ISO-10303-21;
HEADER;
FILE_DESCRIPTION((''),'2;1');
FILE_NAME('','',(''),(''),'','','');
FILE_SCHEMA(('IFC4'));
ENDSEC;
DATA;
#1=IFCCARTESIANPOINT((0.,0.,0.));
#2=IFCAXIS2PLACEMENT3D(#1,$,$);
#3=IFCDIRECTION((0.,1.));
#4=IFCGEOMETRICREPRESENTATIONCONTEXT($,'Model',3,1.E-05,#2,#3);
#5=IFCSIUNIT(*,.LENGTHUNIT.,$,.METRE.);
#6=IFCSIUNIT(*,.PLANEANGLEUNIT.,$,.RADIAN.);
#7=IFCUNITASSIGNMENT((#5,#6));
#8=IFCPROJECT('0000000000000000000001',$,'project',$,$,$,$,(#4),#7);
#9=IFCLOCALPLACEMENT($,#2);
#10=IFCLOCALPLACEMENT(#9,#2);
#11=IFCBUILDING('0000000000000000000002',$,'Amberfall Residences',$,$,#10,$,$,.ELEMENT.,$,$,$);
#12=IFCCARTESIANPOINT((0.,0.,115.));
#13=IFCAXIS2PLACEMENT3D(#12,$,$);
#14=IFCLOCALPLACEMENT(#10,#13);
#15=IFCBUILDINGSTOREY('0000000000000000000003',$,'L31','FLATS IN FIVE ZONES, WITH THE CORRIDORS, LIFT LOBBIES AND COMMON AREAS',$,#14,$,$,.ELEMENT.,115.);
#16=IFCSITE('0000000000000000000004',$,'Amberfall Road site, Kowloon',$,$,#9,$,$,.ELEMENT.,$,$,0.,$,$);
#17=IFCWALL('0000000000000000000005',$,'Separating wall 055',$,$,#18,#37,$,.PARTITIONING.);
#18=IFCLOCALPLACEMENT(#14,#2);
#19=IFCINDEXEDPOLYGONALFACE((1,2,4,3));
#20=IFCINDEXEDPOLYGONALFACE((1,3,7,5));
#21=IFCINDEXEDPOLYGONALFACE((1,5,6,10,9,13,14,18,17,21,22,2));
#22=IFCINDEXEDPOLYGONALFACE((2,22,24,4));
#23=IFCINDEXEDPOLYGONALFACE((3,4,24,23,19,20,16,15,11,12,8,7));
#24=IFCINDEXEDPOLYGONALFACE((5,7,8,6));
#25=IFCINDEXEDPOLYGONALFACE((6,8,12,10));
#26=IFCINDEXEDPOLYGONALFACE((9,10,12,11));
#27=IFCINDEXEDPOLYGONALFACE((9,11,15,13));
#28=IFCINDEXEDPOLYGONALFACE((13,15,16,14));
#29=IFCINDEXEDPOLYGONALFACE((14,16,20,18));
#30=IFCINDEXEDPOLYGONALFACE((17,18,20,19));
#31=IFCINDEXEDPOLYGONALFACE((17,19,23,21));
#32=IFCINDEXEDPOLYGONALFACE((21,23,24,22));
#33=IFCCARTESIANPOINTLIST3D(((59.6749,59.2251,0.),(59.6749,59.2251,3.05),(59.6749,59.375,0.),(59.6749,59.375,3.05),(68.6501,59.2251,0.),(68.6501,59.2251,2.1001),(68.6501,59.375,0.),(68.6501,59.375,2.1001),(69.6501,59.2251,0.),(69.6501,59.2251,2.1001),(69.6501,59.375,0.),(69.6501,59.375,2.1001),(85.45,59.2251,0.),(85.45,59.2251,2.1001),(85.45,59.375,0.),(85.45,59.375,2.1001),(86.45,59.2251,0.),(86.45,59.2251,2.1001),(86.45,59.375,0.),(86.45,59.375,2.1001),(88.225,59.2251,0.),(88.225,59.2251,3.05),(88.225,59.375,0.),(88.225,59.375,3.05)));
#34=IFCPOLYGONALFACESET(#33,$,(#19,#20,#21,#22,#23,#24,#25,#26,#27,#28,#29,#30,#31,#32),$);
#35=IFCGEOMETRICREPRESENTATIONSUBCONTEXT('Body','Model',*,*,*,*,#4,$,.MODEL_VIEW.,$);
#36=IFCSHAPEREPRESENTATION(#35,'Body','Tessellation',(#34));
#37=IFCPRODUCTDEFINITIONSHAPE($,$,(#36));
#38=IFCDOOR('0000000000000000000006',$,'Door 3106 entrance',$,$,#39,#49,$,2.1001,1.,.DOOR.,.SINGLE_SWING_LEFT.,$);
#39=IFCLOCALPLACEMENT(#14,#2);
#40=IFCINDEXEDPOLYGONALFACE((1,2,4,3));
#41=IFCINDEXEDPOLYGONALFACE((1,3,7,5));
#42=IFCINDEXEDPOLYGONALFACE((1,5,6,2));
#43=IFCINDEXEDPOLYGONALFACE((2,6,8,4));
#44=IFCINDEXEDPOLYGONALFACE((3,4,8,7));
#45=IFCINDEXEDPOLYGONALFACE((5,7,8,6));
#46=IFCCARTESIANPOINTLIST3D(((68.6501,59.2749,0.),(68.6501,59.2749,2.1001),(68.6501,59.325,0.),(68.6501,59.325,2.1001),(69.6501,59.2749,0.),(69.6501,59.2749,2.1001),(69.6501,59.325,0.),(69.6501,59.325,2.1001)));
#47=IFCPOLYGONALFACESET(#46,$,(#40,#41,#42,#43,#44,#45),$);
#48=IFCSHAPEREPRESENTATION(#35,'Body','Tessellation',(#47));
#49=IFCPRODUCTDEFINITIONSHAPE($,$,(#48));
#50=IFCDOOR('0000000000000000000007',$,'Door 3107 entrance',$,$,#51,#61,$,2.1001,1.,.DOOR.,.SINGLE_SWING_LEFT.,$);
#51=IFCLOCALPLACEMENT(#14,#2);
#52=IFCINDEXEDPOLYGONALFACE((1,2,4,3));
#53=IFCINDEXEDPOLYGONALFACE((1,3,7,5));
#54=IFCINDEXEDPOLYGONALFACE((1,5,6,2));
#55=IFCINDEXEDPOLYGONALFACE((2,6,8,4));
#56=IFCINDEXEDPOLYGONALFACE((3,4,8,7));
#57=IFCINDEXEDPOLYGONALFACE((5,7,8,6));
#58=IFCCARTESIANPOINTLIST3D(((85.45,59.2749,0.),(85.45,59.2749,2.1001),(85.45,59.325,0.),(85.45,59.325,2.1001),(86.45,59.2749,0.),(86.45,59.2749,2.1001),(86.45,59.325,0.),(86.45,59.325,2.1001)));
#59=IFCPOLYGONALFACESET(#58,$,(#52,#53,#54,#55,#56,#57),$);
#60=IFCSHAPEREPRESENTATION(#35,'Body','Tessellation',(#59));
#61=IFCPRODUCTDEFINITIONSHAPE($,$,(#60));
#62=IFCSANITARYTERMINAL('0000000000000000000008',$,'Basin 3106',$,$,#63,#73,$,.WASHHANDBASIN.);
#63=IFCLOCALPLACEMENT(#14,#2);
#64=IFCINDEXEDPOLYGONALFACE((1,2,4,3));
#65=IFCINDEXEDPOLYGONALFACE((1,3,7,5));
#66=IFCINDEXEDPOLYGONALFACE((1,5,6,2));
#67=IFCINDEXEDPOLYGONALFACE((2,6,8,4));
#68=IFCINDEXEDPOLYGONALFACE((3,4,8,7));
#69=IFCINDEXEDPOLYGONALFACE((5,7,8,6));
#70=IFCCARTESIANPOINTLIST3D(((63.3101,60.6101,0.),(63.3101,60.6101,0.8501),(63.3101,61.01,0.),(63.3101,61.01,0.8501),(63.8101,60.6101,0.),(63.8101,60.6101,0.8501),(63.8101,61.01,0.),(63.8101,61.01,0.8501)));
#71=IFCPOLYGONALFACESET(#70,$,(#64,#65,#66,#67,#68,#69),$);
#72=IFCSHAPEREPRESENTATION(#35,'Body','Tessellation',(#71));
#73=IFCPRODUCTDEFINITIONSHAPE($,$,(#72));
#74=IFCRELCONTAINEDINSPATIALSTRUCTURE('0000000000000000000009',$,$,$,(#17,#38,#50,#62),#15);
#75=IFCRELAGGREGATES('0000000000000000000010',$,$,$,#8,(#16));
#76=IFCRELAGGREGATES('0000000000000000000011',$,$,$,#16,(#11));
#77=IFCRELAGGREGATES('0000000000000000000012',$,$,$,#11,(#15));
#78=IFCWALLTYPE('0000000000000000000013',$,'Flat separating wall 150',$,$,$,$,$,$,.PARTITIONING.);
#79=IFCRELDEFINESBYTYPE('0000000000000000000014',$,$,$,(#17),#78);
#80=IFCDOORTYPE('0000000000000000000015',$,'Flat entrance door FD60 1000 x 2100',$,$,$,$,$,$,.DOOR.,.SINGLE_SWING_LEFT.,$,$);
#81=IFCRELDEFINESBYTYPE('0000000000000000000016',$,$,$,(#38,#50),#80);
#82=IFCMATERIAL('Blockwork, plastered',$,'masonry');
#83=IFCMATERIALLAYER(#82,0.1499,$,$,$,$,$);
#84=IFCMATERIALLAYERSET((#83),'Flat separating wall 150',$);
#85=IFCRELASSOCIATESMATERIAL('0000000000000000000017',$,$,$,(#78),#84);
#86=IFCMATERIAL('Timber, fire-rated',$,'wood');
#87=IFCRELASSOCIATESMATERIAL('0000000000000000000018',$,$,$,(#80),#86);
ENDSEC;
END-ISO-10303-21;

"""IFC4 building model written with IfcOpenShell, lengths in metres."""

from ifc_helpers import new_model, si_unit, direction, frame, frame_2d, origin, origin_2d, place, context, subcontext, project, spatial, rectangle, extrude, material, layer, layer_set, type_object, element, fill, save


model = new_model("IFC4")

# Units and contexts
model_context = context("Model", 3, precision=1e-05, world=origin(), true_north=direction((0.0, 1.0)))
body_context = subcontext(model_context, "Body", "Model", "MODEL_VIEW")
ifc_project = project(units=[si_unit("LENGTHUNIT", "METRE"), si_unit("PLANEANGLEUNIT", "RADIAN")], contexts=[model_context])

# Site, building, storey
site_placement = place(None, origin())
site = spatial("IfcSite", under=ifc_project, at=site_placement, Name="Amberfall Road site, Kowloon", CompositionType="ELEMENT", RefElevation=0.0)
building_placement = place(site_placement, origin())
building = spatial("IfcBuilding", under=site, at=building_placement, Name="Amberfall Residences", CompositionType="ELEMENT")
storey_placement = place(building_placement, frame((0.0, 0.0, 115.0)))
storey = spatial("IfcBuildingStorey", under=building, at=storey_placement, Name="L31", Description="FLATS IN FIVE ZONES, WITH THE CORRIDORS, LIFT LOBBIES AND COMMON AREAS", CompositionType="ELEMENT", Elevation=115.0)

# Shared definitions
ifc_material_1 = material(Name="Blockwork, plastered", Category="masonry")
ifc_layer_1 = layer(ifc_material_1, 0.1499)
ifc_layer_set_1 = layer_set([ifc_layer_1], Name="Flat separating wall 150")
wall_type_1 = type_object("IfcWallType", Name="Flat separating wall 150", PredefinedType="PARTITIONING", material=ifc_layer_set_1)

# Wall, openings, doors
wall_1_placement = place(storey_placement, frame((59.675, 59.3, 0.0), z_axis=(0.0, 0.0, 1.0), x_axis=(1.0, 0.0, 0.0)))
wall_1 = element("IfcWall", 1, at=wall_1_placement, inside=storey, type_object=wall_type_1, Name="Separating wall 055", PredefinedType="PARTITIONING", context=body_context, shape_type="SweptSolid", body=[
    extrude(rectangle(XDim=28.55, YDim=0.1499, at=frame_2d((14.2749, 0.0))), origin(), (0.0, 0.0, 1.0), 3.05),
])
opening_1_placement = place(wall_1_placement, frame((8.9751, 0.0, 0.0)))
opening_1 = element("IfcOpeningElement", 2, at=opening_1_placement, cuts=wall_1, PredefinedType="OPENING", context=body_context, shape_type="SweptSolid", body=[
    extrude(rectangle(XDim=1.0, YDim=2.1001, at=frame_2d((0.5, 1.05))), frame((0.0, 0.085, 0.0), z_axis=(0.0, -1.0, 0.0), x_axis=(1.0, 0.0, 0.0)), (0.0, 0.0, 1.0), 0.1699),
])
opening_2_placement = place(wall_1_placement, frame((25.7749, 0.0, 0.0)))
opening_2 = element("IfcOpeningElement", 3, at=opening_2_placement, cuts=wall_1, PredefinedType="OPENING", context=body_context, shape_type="SweptSolid", body=[
    extrude(rectangle(XDim=1.0, YDim=2.1001, at=frame_2d((0.5, 1.05))), frame((0.0, 0.085, 0.0), z_axis=(0.0, -1.0, 0.0), x_axis=(1.0, 0.0, 0.0)), (0.0, 0.0, 1.0), 0.1699),
])
ifc_material_2 = material(Name="Timber, fire-rated", Category="wood")
door_type_1 = type_object("IfcDoorType", Name="Flat entrance door FD60 1000 x 2100", OperationType="SINGLE_SWING_LEFT", PredefinedType="DOOR", material=ifc_material_2)
door_1_placement = place(opening_1_placement, origin())
door_1 = element("IfcDoor", 4, at=door_1_placement, inside=storey, type_object=door_type_1, Name="Door 3106 entrance", OperationType="SINGLE_SWING_LEFT", OverallHeight=2.1001, OverallWidth=1.0, PredefinedType="DOOR", context=body_context, shape_type="SweptSolid", body=[
    extrude(rectangle(XDim=1.0, YDim=2.1001, at=frame_2d((0.5, 1.05))), frame((0.0, 0.0249, 0.0), z_axis=(0.0, -1.0, 0.0), x_axis=(1.0, 0.0, 0.0)), (0.0, 0.0, 1.0), 0.05),
])
fill(opening_1, door_1)
door_2_placement = place(opening_2_placement, origin())
door_2 = element("IfcDoor", 5, at=door_2_placement, inside=storey, type_object=door_type_1, Name="Door 3107 entrance", OperationType="SINGLE_SWING_LEFT", OverallHeight=2.1001, OverallWidth=1.0, PredefinedType="DOOR", context=body_context, shape_type="SweptSolid", body=[
    extrude(rectangle(XDim=1.0, YDim=2.1001, at=frame_2d((0.5, 1.05))), frame((0.0, 0.0249, 0.0), z_axis=(0.0, -1.0, 0.0), x_axis=(1.0, 0.0, 0.0)), (0.0, 0.0, 1.0), 0.05),
])
fill(opening_2, door_2)

# Sanitary terminal
sanitary_terminal_placement = place(storey_placement, frame((63.5601, 60.8101, 0.0), z_axis=(0.0, 0.0, 1.0), x_axis=(1.0, 0.0, 0.0)))
element("IfcSanitaryTerminal", 6, at=sanitary_terminal_placement, inside=storey, Name="Basin 3106", PredefinedType="WASHHANDBASIN", context=body_context, shape_type="SweptSolid", body=[
    extrude(rectangle(XDim=0.5, YDim=0.3999, at=origin_2d()), origin(), (0.0, 0.0, 1.0), 0.8501),
])

save(model, "model.ifc")
